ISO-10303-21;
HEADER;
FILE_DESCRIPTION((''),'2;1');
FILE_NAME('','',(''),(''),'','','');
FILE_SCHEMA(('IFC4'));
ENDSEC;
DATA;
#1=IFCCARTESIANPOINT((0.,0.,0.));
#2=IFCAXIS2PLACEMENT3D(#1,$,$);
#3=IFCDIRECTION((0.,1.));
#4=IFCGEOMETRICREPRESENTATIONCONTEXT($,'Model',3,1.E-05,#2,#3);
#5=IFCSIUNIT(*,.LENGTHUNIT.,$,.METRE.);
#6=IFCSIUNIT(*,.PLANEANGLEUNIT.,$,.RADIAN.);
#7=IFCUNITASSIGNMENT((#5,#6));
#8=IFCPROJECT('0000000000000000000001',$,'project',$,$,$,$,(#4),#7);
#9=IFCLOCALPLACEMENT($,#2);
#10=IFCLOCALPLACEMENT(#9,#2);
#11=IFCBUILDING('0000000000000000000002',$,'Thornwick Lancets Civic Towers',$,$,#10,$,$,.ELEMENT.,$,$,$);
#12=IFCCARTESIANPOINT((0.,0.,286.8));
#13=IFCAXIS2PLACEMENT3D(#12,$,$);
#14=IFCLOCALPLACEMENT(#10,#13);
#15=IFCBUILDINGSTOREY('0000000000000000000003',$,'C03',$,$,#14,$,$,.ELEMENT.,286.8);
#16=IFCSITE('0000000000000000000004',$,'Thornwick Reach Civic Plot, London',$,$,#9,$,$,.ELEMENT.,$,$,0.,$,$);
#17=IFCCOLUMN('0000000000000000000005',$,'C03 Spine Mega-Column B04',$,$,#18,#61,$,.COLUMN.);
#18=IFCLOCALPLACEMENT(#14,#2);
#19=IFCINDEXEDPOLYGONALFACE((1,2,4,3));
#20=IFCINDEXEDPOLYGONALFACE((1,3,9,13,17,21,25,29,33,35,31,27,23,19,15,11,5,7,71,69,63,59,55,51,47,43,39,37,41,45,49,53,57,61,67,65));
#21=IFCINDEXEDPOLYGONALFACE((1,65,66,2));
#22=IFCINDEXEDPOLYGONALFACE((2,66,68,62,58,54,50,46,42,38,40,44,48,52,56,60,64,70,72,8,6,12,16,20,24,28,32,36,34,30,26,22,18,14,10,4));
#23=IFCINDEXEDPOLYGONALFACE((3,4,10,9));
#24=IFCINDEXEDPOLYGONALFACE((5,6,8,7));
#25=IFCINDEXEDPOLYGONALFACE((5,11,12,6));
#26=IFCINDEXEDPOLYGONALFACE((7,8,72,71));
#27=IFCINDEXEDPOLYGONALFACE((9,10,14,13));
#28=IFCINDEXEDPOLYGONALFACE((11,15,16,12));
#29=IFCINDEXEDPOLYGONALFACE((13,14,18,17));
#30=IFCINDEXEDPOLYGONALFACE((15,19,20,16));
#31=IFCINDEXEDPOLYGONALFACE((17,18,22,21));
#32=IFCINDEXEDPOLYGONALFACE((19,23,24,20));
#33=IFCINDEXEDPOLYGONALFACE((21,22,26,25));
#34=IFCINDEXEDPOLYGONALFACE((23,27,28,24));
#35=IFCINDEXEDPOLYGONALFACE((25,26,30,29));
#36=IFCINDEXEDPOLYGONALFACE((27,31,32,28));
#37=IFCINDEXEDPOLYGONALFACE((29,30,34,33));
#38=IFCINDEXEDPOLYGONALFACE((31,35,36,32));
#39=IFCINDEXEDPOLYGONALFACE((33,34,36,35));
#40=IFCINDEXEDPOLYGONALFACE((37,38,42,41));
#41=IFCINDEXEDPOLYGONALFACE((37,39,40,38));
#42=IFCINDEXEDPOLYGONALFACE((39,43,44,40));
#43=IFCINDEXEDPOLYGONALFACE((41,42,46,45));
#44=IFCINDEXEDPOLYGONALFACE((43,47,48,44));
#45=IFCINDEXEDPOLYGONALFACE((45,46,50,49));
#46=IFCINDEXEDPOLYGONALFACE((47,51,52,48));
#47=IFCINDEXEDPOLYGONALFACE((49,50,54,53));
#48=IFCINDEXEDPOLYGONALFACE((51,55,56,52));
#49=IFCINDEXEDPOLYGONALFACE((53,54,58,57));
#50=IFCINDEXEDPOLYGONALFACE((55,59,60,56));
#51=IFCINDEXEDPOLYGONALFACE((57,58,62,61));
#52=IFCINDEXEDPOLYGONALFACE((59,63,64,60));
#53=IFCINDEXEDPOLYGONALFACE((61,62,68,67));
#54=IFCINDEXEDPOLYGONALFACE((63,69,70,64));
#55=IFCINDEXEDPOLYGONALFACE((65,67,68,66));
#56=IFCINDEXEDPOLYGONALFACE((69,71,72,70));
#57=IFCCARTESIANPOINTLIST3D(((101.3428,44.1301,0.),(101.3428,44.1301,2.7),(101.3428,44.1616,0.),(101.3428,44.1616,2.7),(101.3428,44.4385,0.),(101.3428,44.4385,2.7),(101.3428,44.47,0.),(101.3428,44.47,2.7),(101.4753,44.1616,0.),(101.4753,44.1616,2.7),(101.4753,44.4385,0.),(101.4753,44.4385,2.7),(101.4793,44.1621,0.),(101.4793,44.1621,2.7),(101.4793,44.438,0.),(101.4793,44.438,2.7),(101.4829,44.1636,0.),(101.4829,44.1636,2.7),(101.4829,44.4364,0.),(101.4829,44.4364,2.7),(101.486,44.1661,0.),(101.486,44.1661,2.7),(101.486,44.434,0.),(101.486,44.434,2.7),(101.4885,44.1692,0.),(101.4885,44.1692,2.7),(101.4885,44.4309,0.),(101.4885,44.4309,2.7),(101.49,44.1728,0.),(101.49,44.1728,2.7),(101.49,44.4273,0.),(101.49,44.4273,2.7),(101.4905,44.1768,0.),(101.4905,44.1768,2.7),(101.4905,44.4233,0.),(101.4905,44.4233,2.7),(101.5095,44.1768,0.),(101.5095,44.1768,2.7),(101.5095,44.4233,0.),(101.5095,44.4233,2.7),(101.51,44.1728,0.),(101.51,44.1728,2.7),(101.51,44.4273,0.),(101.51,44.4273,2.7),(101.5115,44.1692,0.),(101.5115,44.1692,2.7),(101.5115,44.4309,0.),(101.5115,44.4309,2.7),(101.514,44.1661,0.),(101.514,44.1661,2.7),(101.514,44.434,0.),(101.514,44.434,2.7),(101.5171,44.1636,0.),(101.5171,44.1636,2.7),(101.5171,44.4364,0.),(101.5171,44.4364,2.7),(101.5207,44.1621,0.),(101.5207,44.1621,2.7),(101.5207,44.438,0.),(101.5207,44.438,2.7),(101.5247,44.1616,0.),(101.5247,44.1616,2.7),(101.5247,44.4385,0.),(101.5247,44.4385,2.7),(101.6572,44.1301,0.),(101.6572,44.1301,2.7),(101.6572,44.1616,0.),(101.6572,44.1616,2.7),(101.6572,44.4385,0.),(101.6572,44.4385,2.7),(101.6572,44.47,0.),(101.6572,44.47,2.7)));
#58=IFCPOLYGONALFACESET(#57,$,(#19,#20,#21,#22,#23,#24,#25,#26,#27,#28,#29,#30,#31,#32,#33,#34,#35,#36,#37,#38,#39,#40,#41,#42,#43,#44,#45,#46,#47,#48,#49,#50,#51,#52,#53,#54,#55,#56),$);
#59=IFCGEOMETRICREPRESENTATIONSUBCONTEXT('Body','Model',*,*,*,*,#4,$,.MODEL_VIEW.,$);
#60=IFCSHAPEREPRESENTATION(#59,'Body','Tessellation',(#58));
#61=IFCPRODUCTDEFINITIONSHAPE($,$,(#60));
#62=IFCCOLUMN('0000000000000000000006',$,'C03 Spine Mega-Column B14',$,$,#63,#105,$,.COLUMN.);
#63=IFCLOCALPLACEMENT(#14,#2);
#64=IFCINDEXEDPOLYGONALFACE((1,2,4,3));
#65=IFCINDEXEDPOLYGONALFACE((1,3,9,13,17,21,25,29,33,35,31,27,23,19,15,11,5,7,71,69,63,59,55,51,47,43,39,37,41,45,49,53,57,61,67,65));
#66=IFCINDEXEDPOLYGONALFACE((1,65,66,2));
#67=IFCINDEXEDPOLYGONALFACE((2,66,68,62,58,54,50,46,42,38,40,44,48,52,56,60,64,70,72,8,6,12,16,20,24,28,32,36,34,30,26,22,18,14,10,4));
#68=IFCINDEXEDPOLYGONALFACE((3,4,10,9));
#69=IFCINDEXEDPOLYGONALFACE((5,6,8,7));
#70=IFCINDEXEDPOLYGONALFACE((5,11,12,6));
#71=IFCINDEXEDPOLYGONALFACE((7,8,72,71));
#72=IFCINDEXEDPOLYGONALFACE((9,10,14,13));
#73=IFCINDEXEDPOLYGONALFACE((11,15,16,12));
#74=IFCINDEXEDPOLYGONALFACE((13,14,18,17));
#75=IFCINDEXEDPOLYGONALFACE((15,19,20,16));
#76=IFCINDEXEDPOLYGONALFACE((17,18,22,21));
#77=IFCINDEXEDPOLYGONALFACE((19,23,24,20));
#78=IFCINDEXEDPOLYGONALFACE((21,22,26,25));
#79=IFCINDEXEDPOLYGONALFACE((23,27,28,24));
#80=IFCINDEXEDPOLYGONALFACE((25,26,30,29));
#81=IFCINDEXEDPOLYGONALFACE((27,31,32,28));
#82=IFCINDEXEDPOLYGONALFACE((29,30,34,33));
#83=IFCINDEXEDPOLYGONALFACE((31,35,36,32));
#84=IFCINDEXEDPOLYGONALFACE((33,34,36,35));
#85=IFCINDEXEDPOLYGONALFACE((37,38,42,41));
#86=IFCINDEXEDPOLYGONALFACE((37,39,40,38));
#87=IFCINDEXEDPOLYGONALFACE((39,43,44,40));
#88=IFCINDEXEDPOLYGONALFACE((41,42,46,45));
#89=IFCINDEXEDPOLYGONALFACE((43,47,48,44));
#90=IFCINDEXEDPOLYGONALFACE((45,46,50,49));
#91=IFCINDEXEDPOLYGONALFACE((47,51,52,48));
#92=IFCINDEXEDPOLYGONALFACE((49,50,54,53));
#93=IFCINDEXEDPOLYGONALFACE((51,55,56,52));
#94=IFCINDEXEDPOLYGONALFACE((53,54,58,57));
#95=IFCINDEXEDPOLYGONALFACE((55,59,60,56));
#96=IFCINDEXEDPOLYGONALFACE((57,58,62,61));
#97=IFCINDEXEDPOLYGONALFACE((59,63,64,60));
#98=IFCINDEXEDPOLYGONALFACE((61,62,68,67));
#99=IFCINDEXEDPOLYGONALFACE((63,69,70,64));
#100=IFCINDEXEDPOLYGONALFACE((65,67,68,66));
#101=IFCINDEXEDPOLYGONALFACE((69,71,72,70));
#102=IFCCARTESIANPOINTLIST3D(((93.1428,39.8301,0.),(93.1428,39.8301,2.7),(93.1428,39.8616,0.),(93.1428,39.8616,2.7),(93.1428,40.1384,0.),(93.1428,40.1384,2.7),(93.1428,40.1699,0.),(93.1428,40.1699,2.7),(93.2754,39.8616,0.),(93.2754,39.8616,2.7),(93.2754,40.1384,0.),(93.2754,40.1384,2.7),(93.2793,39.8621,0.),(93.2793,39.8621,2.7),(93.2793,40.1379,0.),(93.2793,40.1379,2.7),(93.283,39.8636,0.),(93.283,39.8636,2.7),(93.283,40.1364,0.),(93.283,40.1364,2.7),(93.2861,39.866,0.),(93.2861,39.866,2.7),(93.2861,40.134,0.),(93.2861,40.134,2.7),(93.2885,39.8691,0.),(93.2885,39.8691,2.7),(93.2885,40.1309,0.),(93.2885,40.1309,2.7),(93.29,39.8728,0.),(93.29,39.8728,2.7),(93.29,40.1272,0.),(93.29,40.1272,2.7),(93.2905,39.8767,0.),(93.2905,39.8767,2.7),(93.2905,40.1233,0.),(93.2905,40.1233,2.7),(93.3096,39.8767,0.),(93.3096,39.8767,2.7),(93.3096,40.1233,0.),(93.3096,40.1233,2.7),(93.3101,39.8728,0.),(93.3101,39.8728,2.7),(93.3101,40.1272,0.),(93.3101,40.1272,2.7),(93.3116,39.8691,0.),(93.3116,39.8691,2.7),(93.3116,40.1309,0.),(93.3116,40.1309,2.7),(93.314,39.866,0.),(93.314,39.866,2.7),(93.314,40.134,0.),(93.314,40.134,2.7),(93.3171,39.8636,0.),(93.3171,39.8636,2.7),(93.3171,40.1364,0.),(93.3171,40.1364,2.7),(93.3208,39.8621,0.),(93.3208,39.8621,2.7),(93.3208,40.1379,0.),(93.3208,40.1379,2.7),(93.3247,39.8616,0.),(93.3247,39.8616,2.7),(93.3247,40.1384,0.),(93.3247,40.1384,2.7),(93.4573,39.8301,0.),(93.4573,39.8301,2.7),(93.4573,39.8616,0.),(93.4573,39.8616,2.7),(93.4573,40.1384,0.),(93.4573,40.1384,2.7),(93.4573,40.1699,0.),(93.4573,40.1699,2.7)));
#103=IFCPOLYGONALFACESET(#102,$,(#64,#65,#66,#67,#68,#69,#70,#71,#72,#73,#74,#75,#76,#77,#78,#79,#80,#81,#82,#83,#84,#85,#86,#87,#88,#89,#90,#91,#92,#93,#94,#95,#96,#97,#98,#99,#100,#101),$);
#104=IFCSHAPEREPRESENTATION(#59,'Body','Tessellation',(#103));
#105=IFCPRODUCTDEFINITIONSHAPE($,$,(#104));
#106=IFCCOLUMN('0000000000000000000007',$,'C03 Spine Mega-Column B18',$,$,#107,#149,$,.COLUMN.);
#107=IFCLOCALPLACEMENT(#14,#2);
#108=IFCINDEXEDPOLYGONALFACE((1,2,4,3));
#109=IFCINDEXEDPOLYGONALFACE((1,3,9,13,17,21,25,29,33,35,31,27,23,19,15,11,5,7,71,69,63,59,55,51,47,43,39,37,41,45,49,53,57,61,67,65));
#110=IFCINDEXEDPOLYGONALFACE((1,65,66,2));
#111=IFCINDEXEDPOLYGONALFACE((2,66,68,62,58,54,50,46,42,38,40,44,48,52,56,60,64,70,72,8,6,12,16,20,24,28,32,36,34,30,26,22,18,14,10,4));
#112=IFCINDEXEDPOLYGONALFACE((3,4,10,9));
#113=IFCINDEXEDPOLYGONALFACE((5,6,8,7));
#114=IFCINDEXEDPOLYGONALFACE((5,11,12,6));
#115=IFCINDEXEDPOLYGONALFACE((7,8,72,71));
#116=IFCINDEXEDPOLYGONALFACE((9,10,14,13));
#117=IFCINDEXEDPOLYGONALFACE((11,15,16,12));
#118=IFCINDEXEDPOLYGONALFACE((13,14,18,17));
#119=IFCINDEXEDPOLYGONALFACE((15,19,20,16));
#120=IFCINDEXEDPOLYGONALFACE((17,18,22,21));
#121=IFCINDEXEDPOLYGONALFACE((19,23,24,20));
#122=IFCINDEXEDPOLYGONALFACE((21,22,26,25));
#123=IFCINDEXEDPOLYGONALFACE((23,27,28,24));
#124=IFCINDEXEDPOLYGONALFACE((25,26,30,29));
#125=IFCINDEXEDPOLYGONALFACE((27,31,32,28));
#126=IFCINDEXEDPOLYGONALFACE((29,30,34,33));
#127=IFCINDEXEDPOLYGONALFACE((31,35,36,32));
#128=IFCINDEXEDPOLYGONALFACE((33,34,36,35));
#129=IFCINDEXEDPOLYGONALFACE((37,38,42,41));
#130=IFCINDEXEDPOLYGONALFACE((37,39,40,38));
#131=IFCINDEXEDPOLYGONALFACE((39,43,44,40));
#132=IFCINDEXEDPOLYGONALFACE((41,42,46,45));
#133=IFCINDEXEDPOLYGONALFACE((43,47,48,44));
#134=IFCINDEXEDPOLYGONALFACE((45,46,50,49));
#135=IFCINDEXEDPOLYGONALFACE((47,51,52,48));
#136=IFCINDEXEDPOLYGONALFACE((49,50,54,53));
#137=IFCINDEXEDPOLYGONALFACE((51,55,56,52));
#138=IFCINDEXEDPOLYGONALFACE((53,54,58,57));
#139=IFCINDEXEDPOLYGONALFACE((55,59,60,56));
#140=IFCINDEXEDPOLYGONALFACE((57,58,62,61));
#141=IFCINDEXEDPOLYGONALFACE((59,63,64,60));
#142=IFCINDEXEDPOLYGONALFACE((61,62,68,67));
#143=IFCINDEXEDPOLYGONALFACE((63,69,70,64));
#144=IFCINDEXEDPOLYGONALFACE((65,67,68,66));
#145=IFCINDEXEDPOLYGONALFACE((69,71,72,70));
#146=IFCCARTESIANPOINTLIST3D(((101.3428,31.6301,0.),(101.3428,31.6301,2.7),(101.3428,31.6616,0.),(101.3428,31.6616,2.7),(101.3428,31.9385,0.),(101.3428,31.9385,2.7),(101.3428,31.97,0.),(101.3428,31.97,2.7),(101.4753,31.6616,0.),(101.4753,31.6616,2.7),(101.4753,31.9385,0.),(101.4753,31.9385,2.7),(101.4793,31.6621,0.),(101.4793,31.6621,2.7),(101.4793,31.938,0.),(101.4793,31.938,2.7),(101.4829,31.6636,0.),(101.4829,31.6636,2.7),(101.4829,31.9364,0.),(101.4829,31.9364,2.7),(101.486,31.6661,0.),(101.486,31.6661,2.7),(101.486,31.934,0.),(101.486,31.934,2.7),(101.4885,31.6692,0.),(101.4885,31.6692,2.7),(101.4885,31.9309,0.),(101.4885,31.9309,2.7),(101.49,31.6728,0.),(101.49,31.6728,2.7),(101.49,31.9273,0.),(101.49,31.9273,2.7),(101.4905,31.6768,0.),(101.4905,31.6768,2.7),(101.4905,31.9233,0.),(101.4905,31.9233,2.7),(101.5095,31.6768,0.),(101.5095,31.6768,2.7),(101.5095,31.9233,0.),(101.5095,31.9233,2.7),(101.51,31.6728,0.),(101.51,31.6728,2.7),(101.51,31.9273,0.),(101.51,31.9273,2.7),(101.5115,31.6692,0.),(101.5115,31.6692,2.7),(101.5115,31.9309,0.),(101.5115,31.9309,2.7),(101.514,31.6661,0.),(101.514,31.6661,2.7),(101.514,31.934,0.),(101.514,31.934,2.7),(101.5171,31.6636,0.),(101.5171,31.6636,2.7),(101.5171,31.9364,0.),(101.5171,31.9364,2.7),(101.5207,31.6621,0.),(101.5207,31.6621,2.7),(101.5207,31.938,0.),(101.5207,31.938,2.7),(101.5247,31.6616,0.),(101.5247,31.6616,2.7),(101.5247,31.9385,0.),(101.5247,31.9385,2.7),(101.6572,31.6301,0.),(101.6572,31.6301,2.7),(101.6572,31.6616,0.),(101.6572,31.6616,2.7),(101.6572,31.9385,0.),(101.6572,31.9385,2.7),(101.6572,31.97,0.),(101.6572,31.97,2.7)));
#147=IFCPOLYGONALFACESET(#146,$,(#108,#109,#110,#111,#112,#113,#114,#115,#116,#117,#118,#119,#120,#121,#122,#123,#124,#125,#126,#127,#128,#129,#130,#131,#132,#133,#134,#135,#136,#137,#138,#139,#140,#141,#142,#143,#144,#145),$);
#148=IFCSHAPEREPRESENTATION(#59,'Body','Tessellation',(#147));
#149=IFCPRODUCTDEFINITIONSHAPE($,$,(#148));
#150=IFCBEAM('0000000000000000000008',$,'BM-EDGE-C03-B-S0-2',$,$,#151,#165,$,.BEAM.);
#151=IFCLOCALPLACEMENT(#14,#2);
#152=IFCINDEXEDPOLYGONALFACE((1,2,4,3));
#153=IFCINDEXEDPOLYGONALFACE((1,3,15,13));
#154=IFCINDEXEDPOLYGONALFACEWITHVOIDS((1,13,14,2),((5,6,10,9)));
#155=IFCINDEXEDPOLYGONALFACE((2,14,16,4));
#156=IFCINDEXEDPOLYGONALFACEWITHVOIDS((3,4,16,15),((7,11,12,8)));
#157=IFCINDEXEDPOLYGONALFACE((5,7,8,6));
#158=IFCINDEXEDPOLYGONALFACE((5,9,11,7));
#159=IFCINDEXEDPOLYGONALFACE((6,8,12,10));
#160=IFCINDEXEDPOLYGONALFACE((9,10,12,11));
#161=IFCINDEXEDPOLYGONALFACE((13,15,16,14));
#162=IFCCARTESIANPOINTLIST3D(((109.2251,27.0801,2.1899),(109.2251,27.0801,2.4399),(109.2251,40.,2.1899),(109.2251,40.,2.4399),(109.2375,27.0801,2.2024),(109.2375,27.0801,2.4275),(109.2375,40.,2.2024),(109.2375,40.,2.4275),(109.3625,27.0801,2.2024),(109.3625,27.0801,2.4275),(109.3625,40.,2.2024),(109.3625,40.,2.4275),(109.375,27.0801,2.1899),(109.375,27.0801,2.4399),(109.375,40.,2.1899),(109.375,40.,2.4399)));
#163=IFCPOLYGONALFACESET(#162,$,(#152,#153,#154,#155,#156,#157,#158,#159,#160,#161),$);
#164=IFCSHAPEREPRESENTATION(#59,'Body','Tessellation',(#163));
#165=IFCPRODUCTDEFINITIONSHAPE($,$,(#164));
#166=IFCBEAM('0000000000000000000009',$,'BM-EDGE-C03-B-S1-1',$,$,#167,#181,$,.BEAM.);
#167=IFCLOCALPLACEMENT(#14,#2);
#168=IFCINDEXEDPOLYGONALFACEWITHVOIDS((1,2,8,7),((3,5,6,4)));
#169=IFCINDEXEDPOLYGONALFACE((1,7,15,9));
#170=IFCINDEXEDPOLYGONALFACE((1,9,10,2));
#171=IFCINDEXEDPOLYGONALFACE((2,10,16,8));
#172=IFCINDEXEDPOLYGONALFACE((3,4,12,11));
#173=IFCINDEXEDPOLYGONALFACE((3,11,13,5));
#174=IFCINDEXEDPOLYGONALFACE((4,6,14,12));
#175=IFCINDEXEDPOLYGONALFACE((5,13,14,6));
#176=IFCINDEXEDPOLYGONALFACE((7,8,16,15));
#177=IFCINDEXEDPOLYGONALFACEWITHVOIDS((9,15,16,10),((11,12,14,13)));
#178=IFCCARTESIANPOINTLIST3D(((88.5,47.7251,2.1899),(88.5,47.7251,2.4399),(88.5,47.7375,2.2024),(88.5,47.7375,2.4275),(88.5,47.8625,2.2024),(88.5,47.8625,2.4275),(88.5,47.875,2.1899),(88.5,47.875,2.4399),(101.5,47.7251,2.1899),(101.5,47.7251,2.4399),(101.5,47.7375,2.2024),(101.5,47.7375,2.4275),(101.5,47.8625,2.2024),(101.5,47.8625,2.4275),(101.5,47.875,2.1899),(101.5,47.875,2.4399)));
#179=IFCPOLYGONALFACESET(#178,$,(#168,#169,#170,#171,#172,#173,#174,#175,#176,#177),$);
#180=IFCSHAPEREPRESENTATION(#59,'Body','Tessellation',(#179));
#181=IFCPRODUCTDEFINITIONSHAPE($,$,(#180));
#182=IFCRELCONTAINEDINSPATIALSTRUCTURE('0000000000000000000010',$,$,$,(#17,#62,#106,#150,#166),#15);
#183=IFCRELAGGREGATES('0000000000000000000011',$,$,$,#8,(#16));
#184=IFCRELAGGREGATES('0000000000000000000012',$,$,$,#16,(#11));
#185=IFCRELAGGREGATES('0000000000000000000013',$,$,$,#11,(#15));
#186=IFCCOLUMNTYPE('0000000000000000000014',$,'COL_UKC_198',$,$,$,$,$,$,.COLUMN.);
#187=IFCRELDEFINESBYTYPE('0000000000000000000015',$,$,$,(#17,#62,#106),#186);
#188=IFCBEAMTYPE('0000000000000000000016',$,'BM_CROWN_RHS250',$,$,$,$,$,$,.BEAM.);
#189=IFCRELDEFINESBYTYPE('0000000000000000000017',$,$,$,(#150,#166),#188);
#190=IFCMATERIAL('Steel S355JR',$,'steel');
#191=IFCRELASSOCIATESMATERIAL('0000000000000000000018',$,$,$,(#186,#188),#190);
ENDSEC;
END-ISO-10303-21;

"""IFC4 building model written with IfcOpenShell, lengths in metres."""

from ifc_helpers import new_model, si_unit, direction, frame, origin, origin_2d, place, context, subcontext, project, spatial, hollow_rectangle, i_section, extrude, material, material_profile, profile_set, type_object, element, save


model = new_model("IFC4")

# Units and contexts
model_context = context("Model", 3, precision=1e-05, world=origin(), true_north=direction((0.0, 1.0)))
body_context = subcontext(model_context, "Body", "Model", "MODEL_VIEW")
ifc_project = project(units=[si_unit("LENGTHUNIT", "METRE"), si_unit("PLANEANGLEUNIT", "RADIAN")], contexts=[model_context])

# Site, building, storey
site_placement = place(None, origin())
site = spatial("IfcSite", under=ifc_project, at=site_placement, Name="Thornwick Reach Civic Plot, London", CompositionType="ELEMENT", RefElevation=0.0)
building_placement = place(site_placement, origin())
building = spatial("IfcBuilding", under=site, at=building_placement, Name="Thornwick Lancets Civic Towers", CompositionType="ELEMENT")
storey_placement = place(building_placement, frame((0.0, 0.0, 286.8)))
storey = spatial("IfcBuildingStorey", under=building, at=storey_placement, Name="C03", CompositionType="ELEMENT", Elevation=286.8)

# Columns
ifc_material_1 = material(Name="Steel S355JR", Category="steel")
ifc_material_profile_1 = material_profile(ifc_material_1, i_section(OverallWidth=0.3145, OverallDepth=0.3398, WebThickness=0.019, FlangeThickness=0.0315, FilletRadius=0.0151, at=origin_2d()), Name="UKC 305x305x198")
ifc_profile_set_1 = profile_set([ifc_material_profile_1], Name="Steel S355JR")
column_type_1 = type_object("IfcColumnType", Name="COL_UKC_198", PredefinedType="COLUMN", material=ifc_profile_set_1)
for number, where, z_axis, x_axis, name in (
    (1, (101.5, 44.3, 0.0), (0.0, 0.0, 1.0), (1.0, 0.0, 0.0), "C03 Spine Mega-Column B04"),
    (2, (93.3, 40.0, 0.0), (0.0, 0.0, 1.0), (1.0, 0.0, 0.0), "C03 Spine Mega-Column B14"),
    (3, (101.5, 31.8, 0.0), (0.0, 0.0, 1.0), (1.0, 0.0, 0.0), "C03 Spine Mega-Column B18"),
):
    element("IfcColumn", number, at=place(storey_placement, frame(where, z_axis=z_axis, x_axis=x_axis)), inside=storey, type_object=column_type_1, Name=name, PredefinedType="COLUMN", context=body_context, shape_type="SweptSolid", body=[
        extrude(i_section(OverallWidth=0.3145, OverallDepth=0.3398, WebThickness=0.019, FlangeThickness=0.0315, FilletRadius=0.0151, at=origin_2d()), origin(), (0.0, 0.0, 1.0), 2.7),
    ])

# Beams
ifc_material_profile_2 = material_profile(ifc_material_1, hollow_rectangle(XDim=0.1499, YDim=0.25, WallThickness=0.0125, at=origin_2d()), Name="RHS 250x150x12.5")
ifc_profile_set_2 = profile_set([ifc_material_profile_2], Name="Steel S355JR")
beam_type_1 = type_object("IfcBeamType", Name="BM_CROWN_RHS250", PredefinedType="BEAM", material=ifc_profile_set_2)
beam_1_placement = place(storey_placement, frame((109.3, 27.0801, 2.3149), z_axis=(0.0, 1.0, 0.0), x_axis=(-1.0, 0.0, 0.0)))
element("IfcBeam", 4, at=beam_1_placement, inside=storey, type_object=beam_type_1, Name="BM-EDGE-C03-B-S0-2", PredefinedType="BEAM", context=body_context, shape_type="SweptSolid", body=[
    extrude(hollow_rectangle(XDim=0.1499, YDim=0.25, WallThickness=0.0125, at=origin_2d()), origin(), (0.0, 0.0, 1.0), 12.9199),
])
beam_2_placement = place(storey_placement, frame((101.5, 47.8, 2.3149), z_axis=(-1.0, 0.0, 0.0), x_axis=(0.0, -1.0, 0.0)))
element("IfcBeam", 5, at=beam_2_placement, inside=storey, type_object=beam_type_1, Name="BM-EDGE-C03-B-S1-1", PredefinedType="BEAM", context=body_context, shape_type="SweptSolid", body=[
    extrude(hollow_rectangle(XDim=0.1499, YDim=0.25, WallThickness=0.0125, at=origin_2d()), origin(), (0.0, 0.0, 1.0), 13.0),
])

save(model, "model.ifc")
